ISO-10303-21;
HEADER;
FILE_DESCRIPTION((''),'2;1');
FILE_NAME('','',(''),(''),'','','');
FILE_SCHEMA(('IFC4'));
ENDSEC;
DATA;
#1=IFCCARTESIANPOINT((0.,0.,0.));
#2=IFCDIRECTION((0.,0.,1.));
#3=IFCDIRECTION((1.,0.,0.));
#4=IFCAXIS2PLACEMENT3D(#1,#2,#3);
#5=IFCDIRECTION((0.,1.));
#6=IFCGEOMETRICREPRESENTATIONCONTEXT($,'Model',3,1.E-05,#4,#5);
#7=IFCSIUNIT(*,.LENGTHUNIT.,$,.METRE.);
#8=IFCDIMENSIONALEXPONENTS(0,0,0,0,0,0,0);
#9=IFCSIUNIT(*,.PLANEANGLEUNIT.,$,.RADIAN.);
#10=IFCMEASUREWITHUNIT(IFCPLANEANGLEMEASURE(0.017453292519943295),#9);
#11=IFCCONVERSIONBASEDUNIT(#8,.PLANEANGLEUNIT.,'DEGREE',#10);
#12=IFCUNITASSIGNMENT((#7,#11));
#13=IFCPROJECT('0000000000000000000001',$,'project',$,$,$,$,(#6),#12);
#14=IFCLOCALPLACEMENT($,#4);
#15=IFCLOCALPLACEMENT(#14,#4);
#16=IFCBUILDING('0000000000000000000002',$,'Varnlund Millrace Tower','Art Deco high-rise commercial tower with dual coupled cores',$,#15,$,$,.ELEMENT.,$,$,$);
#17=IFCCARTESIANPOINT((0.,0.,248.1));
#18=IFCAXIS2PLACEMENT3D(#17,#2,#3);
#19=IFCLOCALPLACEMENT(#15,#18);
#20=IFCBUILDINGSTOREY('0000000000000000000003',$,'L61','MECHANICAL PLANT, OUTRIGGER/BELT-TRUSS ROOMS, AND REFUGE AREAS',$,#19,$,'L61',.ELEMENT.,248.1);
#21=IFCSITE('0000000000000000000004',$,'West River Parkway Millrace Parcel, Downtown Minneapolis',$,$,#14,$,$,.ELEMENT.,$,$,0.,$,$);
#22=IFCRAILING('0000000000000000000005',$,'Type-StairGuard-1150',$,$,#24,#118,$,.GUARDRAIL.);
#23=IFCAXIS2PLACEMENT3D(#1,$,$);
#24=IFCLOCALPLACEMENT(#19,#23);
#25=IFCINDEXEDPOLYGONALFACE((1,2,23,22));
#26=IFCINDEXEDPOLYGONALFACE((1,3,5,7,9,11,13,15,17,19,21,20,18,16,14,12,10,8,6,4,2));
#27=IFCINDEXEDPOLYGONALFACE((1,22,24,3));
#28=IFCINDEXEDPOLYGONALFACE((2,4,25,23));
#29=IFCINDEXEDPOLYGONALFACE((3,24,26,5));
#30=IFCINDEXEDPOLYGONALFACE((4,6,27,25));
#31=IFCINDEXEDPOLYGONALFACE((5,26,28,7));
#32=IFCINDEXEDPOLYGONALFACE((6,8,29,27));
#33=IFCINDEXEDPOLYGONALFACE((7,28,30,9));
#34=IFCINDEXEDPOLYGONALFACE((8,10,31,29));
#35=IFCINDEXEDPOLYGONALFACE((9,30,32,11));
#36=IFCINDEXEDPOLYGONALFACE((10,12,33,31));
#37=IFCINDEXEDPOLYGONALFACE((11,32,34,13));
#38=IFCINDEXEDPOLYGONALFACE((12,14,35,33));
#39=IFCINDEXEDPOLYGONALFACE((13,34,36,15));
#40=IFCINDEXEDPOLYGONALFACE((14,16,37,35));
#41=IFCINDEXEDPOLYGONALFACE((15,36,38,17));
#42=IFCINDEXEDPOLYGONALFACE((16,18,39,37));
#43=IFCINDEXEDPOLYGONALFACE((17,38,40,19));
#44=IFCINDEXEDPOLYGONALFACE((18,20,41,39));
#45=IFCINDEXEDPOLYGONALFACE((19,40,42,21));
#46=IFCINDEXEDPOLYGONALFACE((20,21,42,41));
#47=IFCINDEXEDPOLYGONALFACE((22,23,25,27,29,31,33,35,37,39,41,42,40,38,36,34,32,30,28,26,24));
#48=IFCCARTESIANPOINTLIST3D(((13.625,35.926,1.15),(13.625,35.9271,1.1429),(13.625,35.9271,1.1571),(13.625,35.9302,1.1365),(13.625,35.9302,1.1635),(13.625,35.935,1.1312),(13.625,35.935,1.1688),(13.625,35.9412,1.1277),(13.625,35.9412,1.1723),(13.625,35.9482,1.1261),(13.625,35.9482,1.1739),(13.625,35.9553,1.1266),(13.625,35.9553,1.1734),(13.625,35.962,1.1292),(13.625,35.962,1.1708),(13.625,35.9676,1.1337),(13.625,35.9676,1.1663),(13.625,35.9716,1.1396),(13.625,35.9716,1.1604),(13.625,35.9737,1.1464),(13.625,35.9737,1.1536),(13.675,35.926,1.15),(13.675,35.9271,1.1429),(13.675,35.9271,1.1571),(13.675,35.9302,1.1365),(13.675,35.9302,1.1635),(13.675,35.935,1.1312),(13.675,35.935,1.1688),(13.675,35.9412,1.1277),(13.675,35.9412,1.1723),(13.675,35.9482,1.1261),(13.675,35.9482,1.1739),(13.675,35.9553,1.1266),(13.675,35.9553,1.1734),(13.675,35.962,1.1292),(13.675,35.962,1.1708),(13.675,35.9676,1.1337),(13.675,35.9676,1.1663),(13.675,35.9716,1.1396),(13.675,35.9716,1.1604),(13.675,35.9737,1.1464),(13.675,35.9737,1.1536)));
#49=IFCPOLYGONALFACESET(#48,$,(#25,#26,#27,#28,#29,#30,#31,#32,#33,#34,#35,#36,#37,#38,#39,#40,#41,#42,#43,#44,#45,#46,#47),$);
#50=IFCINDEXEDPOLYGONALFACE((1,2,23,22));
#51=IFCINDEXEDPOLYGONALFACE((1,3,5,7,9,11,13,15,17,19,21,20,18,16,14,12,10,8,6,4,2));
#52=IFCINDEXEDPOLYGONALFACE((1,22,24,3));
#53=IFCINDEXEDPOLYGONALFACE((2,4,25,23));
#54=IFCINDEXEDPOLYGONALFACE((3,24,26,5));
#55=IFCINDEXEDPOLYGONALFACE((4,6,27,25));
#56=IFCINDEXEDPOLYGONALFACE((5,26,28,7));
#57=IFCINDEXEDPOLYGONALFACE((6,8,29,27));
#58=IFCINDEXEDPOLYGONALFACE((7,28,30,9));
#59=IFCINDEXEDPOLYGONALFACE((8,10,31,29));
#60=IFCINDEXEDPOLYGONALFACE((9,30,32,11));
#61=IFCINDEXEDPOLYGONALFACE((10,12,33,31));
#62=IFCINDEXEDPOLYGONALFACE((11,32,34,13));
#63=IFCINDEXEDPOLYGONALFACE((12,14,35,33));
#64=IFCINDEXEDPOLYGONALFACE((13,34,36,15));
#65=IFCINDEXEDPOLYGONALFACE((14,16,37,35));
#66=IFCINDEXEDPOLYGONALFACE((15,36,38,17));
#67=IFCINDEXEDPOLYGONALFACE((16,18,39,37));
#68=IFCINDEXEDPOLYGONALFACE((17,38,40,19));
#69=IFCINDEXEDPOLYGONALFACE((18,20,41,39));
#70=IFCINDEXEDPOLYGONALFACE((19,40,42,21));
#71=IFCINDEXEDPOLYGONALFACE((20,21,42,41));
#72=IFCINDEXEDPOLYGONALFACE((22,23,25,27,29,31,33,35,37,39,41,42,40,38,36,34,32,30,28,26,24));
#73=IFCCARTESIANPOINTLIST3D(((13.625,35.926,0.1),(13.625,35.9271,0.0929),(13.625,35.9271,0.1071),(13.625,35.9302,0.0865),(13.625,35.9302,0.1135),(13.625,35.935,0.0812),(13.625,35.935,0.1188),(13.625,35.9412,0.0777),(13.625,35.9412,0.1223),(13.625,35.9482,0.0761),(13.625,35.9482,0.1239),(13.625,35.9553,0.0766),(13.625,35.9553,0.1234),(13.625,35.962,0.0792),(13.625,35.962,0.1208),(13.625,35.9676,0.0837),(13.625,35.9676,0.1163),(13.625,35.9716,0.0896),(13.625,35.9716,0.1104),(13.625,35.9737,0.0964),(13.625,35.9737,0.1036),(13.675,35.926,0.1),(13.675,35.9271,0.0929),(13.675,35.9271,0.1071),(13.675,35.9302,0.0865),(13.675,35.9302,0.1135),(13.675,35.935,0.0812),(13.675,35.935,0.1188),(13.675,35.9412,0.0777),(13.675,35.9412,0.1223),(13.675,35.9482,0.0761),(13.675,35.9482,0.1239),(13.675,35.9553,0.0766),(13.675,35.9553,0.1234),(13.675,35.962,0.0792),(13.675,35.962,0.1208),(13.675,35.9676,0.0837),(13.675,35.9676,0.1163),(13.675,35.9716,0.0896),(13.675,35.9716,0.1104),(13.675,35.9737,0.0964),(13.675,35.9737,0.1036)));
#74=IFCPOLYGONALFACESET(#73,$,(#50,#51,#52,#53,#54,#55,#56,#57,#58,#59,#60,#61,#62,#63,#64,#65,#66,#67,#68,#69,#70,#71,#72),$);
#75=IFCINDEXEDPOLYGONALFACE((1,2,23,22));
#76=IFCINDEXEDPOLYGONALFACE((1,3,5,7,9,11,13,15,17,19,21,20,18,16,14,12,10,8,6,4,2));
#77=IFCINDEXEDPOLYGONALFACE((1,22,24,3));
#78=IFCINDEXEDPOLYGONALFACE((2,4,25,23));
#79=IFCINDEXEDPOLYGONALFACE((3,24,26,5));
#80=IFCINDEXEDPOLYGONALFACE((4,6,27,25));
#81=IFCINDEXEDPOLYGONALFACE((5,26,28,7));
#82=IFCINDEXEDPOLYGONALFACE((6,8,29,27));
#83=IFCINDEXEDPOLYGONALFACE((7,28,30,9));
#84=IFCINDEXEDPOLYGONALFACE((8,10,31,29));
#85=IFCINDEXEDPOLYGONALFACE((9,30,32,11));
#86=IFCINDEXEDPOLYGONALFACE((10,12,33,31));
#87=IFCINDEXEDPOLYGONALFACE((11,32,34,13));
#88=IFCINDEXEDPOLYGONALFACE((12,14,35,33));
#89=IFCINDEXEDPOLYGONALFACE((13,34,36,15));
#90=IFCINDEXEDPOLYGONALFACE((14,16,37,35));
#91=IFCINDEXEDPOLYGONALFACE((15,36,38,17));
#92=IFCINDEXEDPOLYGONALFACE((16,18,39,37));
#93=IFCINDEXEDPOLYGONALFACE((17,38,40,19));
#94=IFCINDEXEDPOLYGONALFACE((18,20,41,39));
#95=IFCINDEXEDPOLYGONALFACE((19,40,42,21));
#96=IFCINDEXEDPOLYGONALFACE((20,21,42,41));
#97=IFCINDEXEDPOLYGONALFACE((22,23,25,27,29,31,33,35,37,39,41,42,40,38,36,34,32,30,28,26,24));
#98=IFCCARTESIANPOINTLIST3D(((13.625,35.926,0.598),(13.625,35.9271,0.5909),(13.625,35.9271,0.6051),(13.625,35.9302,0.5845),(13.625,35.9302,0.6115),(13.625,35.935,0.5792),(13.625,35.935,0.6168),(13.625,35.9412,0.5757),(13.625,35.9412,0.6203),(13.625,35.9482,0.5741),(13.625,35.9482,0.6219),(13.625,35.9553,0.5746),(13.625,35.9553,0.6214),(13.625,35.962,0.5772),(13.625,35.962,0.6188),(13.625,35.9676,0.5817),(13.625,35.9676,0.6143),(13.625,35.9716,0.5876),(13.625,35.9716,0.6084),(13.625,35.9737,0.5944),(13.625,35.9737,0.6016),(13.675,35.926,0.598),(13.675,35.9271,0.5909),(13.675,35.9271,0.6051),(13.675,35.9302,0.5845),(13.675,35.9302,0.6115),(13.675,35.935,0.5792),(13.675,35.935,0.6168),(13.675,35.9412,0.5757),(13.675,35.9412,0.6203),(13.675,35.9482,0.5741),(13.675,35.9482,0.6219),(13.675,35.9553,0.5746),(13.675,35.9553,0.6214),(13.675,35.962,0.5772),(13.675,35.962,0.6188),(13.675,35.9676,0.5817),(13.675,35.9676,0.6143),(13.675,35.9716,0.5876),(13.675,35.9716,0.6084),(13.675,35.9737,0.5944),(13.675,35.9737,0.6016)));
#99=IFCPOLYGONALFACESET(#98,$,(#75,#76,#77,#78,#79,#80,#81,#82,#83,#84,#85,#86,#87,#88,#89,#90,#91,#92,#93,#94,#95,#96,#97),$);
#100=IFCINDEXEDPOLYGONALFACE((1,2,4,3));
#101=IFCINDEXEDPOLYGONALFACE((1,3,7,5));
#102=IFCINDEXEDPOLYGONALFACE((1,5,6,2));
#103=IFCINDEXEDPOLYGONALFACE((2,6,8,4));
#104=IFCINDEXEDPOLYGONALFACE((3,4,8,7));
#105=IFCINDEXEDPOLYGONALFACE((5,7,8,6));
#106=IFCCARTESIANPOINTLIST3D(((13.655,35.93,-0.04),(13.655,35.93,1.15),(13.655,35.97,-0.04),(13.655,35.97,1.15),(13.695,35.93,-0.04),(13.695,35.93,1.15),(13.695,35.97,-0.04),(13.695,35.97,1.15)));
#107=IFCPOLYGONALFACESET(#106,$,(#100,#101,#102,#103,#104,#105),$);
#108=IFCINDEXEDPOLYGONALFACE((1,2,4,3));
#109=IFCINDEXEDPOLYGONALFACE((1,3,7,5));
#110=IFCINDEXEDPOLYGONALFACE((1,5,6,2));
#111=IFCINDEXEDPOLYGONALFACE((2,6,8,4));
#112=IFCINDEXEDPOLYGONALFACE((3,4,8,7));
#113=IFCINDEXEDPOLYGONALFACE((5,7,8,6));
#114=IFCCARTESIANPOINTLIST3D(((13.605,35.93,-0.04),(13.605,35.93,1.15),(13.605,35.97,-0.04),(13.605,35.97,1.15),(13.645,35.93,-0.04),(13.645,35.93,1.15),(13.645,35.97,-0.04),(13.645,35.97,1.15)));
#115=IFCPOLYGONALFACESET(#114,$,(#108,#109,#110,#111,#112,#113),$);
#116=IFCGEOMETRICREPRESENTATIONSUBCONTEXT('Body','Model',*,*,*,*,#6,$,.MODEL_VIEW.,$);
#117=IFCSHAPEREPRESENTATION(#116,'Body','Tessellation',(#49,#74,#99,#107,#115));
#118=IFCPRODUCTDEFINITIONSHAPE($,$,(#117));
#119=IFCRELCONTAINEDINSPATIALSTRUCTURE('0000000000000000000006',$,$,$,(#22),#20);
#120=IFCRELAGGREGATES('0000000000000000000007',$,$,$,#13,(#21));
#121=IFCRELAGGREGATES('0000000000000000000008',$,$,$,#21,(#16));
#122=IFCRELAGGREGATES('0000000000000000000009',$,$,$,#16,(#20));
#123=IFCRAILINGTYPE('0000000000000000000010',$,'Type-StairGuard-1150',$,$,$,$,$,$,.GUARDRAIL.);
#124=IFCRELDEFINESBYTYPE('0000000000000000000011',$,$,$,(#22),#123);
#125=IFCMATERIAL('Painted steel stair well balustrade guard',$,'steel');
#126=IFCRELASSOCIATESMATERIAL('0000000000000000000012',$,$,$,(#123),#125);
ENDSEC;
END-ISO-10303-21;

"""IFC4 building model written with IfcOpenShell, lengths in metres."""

from ifc_helpers import new_model, entity, si_unit, converted_unit, direction, frame, origin_with_axes, origin_2d_with_axis, place, context, subcontext, project, spatial, rectangle, circle, extrude, material, type_object, element, save


model = new_model("IFC4")

# Units and contexts
model_context = context("Model", 3, precision=1e-05, world=origin_with_axes(), true_north=direction((0.0, 1.0)))
body_context = subcontext(model_context, "Body", "Model", "MODEL_VIEW")
ifc_project = project(units=[si_unit("LENGTHUNIT", "METRE"), converted_unit("PLANEANGLEUNIT", "DEGREE", entity("IfcPlaneAngleMeasure", 0.017453292519943295), si_unit("PLANEANGLEUNIT", "RADIAN"), dimensions=[0, 0, 0, 0, 0, 0, 0])], contexts=[model_context])

# Site, building, storey
site_placement = place(None, origin_with_axes())
site = spatial("IfcSite", under=ifc_project, at=site_placement, Name="West River Parkway Millrace Parcel, Downtown Minneapolis", CompositionType="ELEMENT", RefElevation=0.0)
building_placement = place(site_placement, origin_with_axes())
building = spatial("IfcBuilding", under=site, at=building_placement, Name="Varnlund Millrace Tower", Description="Art Deco high-rise commercial tower with dual coupled cores", CompositionType="ELEMENT")
storey_placement = place(building_placement, frame((0.0, 0.0, 248.1), z_axis=(0.0, 0.0, 1.0), x_axis=(1.0, 0.0, 0.0)))
storey = spatial("IfcBuildingStorey", under=building, at=storey_placement, Name="L61", Description="MECHANICAL PLANT, OUTRIGGER/BELT-TRUSS ROOMS, AND REFUGE AREAS", LongName="L61", CompositionType="ELEMENT", Elevation=248.1)

# Railing
ifc_material_1 = material(Name="Painted steel stair well balustrade guard", Category="steel")
railing_type_1 = type_object("IfcRailingType", Name="Type-StairGuard-1150", PredefinedType="GUARDRAIL", material=ifc_material_1)
railing_1_placement = place(storey_placement, frame((0.0, 0.0, -248.1), z_axis=(0.0, 0.0, 1.0), x_axis=(1.0, 0.0, 0.0)))
element("IfcRailing", 1, at=railing_1_placement, inside=storey, type_object=railing_type_1, Name="Type-StairGuard-1150", PredefinedType="GUARDRAIL", context=body_context, shape_type="SweptSolid", body=[
    extrude(circle(Radius=0.024, at=origin_2d_with_axis()), frame((13.675, 35.95, 249.25), z_axis=(-1.0, 0.0, 0.0), x_axis=(0.0, -1.0, 0.0)), (0.0, 0.0, 1.0), 0.05),
    extrude(circle(Radius=0.024, at=origin_2d_with_axis()), frame((13.675, 35.95, 248.2), z_axis=(-1.0, 0.0, 0.0), x_axis=(0.0, -1.0, 0.0)), (0.0, 0.0, 1.0), 0.05),
    extrude(circle(Radius=0.024, at=origin_2d_with_axis()), frame((13.675, 35.95, 248.698), z_axis=(-1.0, 0.0, 0.0), x_axis=(0.0, -1.0, 0.0)), (0.0, 0.0, 1.0), 0.05),
    extrude(rectangle(XDim=0.04, YDim=0.04, at=origin_2d_with_axis()), frame((13.675, 35.95, 248.06), z_axis=(0.0, 0.0, 1.0), x_axis=(1.0, 0.0, 0.0)), (0.0, 0.0, 1.0), 1.19),
    extrude(rectangle(XDim=0.04, YDim=0.04, at=origin_2d_with_axis()), frame((13.625, 35.95, 248.06), z_axis=(0.0, 0.0, 1.0), x_axis=(1.0, 0.0, 0.0)), (0.0, 0.0, 1.0), 1.19),
])

save(model, "model.ifc")
